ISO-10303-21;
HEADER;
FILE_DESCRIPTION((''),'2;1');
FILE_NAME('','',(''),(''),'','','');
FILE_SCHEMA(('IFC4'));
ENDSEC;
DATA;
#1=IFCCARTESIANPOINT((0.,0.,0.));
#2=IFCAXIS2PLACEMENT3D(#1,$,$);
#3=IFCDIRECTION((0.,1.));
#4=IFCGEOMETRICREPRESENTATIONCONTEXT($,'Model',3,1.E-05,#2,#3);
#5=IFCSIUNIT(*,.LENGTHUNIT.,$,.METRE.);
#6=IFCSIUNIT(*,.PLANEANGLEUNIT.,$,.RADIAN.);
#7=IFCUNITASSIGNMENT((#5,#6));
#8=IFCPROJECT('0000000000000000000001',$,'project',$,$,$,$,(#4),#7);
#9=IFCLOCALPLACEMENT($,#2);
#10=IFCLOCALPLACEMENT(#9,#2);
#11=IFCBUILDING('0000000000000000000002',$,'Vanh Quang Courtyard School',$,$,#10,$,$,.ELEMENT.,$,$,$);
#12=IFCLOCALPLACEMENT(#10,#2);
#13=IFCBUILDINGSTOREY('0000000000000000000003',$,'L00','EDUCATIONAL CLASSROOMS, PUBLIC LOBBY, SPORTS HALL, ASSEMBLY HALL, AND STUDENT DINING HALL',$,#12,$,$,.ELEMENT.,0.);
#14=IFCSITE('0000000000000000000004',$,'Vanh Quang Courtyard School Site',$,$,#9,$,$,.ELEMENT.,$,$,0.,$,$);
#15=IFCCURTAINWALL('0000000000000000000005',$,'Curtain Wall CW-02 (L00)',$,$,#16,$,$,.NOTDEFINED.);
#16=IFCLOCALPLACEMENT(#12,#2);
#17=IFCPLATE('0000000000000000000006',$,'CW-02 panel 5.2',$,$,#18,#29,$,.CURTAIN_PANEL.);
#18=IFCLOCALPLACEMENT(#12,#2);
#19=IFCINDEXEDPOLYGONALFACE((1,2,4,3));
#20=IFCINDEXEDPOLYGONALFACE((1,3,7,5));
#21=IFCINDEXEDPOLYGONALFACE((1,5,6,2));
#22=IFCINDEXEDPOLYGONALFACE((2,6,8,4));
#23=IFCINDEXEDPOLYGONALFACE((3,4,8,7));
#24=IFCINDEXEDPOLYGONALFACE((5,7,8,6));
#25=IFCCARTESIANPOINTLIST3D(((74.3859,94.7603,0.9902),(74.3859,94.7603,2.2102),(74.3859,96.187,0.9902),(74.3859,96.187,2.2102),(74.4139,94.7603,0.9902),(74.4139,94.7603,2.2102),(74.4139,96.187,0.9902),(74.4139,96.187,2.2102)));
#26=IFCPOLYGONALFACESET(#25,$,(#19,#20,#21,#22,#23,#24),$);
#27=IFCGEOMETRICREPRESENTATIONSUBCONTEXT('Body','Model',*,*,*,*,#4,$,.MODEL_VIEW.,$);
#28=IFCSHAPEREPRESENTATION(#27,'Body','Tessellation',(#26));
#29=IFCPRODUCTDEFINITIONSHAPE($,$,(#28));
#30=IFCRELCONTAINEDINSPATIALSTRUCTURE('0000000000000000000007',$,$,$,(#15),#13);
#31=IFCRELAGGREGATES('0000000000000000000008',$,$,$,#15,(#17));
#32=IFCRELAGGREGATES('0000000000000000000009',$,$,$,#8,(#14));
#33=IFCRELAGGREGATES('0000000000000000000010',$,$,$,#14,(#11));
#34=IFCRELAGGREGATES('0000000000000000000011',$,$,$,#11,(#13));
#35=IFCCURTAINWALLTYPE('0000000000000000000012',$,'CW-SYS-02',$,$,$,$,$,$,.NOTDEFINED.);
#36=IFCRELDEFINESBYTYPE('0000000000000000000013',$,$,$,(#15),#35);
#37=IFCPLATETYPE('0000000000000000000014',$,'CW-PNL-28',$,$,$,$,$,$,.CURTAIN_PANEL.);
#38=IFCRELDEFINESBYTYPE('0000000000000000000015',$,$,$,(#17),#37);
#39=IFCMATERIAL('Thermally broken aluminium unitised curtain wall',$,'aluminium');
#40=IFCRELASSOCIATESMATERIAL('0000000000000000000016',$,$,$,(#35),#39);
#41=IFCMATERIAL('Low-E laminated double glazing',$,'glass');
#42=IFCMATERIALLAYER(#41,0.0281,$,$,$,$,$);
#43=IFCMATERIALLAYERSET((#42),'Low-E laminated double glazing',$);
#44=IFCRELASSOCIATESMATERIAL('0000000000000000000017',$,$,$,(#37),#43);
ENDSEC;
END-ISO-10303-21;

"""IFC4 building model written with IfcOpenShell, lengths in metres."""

from ifc_helpers import new_model, si_unit, direction, frame, origin, origin_2d, place, context, subcontext, project, spatial, rectangle, extrude, material, layer, layer_set, type_object, element, aggregate, save


model = new_model("IFC4")

# Units and contexts
model_context = context("Model", 3, precision=1e-05, world=origin(), true_north=direction((0.0, 1.0)))
body_context = subcontext(model_context, "Body", "Model", "MODEL_VIEW")
ifc_project = project(units=[si_unit("LENGTHUNIT", "METRE"), si_unit("PLANEANGLEUNIT", "RADIAN")], contexts=[model_context])

# Site, building, storey
site_placement = place(None, origin())
site = spatial("IfcSite", under=ifc_project, at=site_placement, Name="Vanh Quang Courtyard School Site", CompositionType="ELEMENT", RefElevation=0.0)
building_placement = place(site_placement, origin())
building = spatial("IfcBuilding", under=site, at=building_placement, Name="Vanh Quang Courtyard School", CompositionType="ELEMENT")
storey_placement = place(building_placement, origin())
storey = spatial("IfcBuildingStorey", under=building, at=storey_placement, Name="L00", Description="EDUCATIONAL CLASSROOMS, PUBLIC LOBBY, SPORTS HALL, ASSEMBLY HALL, AND STUDENT DINING HALL", CompositionType="ELEMENT", Elevation=0.0)

# Curtain wall, plate
ifc_material_1 = material(Name="Thermally broken aluminium unitised curtain wall", Category="aluminium")
curtain_wall_type = type_object("IfcCurtainWallType", Name="CW-SYS-02", PredefinedType="NOTDEFINED", material=ifc_material_1)
curtain_wall_placement = place(storey_placement, origin())
curtain_wall = element("IfcCurtainWall", 1, at=curtain_wall_placement, inside=storey, type_object=curtain_wall_type, Name="Curtain Wall CW-02 (L00)", PredefinedType="NOTDEFINED")
ifc_material_2 = material(Name="Low-E laminated double glazing", Category="glass")
ifc_layer = layer(ifc_material_2, 0.0281)
ifc_layer_set = layer_set([ifc_layer], Name="Low-E laminated double glazing")
plate_type = type_object("IfcPlateType", Name="CW-PNL-28", PredefinedType="CURTAIN_PANEL", material=ifc_layer_set)
plate_1_placement = place(storey_placement, frame((74.3999, 95.4736, 0.9902), z_axis=(0.0, 0.0, 1.0), x_axis=(0.0, 1.0, 0.0)))
plate_1 = element("IfcPlate", 2, at=plate_1_placement, type_object=plate_type, Name="CW-02 panel 5.2", PredefinedType="CURTAIN_PANEL", context=body_context, shape_type="SweptSolid", body=[
    extrude(rectangle(XDim=1.4268, YDim=0.0281, at=origin_2d()), origin(), (0.0, 0.0, 1.0), 1.22),
])
aggregate(curtain_wall, [plate_1])

save(model, "model.ifc")
